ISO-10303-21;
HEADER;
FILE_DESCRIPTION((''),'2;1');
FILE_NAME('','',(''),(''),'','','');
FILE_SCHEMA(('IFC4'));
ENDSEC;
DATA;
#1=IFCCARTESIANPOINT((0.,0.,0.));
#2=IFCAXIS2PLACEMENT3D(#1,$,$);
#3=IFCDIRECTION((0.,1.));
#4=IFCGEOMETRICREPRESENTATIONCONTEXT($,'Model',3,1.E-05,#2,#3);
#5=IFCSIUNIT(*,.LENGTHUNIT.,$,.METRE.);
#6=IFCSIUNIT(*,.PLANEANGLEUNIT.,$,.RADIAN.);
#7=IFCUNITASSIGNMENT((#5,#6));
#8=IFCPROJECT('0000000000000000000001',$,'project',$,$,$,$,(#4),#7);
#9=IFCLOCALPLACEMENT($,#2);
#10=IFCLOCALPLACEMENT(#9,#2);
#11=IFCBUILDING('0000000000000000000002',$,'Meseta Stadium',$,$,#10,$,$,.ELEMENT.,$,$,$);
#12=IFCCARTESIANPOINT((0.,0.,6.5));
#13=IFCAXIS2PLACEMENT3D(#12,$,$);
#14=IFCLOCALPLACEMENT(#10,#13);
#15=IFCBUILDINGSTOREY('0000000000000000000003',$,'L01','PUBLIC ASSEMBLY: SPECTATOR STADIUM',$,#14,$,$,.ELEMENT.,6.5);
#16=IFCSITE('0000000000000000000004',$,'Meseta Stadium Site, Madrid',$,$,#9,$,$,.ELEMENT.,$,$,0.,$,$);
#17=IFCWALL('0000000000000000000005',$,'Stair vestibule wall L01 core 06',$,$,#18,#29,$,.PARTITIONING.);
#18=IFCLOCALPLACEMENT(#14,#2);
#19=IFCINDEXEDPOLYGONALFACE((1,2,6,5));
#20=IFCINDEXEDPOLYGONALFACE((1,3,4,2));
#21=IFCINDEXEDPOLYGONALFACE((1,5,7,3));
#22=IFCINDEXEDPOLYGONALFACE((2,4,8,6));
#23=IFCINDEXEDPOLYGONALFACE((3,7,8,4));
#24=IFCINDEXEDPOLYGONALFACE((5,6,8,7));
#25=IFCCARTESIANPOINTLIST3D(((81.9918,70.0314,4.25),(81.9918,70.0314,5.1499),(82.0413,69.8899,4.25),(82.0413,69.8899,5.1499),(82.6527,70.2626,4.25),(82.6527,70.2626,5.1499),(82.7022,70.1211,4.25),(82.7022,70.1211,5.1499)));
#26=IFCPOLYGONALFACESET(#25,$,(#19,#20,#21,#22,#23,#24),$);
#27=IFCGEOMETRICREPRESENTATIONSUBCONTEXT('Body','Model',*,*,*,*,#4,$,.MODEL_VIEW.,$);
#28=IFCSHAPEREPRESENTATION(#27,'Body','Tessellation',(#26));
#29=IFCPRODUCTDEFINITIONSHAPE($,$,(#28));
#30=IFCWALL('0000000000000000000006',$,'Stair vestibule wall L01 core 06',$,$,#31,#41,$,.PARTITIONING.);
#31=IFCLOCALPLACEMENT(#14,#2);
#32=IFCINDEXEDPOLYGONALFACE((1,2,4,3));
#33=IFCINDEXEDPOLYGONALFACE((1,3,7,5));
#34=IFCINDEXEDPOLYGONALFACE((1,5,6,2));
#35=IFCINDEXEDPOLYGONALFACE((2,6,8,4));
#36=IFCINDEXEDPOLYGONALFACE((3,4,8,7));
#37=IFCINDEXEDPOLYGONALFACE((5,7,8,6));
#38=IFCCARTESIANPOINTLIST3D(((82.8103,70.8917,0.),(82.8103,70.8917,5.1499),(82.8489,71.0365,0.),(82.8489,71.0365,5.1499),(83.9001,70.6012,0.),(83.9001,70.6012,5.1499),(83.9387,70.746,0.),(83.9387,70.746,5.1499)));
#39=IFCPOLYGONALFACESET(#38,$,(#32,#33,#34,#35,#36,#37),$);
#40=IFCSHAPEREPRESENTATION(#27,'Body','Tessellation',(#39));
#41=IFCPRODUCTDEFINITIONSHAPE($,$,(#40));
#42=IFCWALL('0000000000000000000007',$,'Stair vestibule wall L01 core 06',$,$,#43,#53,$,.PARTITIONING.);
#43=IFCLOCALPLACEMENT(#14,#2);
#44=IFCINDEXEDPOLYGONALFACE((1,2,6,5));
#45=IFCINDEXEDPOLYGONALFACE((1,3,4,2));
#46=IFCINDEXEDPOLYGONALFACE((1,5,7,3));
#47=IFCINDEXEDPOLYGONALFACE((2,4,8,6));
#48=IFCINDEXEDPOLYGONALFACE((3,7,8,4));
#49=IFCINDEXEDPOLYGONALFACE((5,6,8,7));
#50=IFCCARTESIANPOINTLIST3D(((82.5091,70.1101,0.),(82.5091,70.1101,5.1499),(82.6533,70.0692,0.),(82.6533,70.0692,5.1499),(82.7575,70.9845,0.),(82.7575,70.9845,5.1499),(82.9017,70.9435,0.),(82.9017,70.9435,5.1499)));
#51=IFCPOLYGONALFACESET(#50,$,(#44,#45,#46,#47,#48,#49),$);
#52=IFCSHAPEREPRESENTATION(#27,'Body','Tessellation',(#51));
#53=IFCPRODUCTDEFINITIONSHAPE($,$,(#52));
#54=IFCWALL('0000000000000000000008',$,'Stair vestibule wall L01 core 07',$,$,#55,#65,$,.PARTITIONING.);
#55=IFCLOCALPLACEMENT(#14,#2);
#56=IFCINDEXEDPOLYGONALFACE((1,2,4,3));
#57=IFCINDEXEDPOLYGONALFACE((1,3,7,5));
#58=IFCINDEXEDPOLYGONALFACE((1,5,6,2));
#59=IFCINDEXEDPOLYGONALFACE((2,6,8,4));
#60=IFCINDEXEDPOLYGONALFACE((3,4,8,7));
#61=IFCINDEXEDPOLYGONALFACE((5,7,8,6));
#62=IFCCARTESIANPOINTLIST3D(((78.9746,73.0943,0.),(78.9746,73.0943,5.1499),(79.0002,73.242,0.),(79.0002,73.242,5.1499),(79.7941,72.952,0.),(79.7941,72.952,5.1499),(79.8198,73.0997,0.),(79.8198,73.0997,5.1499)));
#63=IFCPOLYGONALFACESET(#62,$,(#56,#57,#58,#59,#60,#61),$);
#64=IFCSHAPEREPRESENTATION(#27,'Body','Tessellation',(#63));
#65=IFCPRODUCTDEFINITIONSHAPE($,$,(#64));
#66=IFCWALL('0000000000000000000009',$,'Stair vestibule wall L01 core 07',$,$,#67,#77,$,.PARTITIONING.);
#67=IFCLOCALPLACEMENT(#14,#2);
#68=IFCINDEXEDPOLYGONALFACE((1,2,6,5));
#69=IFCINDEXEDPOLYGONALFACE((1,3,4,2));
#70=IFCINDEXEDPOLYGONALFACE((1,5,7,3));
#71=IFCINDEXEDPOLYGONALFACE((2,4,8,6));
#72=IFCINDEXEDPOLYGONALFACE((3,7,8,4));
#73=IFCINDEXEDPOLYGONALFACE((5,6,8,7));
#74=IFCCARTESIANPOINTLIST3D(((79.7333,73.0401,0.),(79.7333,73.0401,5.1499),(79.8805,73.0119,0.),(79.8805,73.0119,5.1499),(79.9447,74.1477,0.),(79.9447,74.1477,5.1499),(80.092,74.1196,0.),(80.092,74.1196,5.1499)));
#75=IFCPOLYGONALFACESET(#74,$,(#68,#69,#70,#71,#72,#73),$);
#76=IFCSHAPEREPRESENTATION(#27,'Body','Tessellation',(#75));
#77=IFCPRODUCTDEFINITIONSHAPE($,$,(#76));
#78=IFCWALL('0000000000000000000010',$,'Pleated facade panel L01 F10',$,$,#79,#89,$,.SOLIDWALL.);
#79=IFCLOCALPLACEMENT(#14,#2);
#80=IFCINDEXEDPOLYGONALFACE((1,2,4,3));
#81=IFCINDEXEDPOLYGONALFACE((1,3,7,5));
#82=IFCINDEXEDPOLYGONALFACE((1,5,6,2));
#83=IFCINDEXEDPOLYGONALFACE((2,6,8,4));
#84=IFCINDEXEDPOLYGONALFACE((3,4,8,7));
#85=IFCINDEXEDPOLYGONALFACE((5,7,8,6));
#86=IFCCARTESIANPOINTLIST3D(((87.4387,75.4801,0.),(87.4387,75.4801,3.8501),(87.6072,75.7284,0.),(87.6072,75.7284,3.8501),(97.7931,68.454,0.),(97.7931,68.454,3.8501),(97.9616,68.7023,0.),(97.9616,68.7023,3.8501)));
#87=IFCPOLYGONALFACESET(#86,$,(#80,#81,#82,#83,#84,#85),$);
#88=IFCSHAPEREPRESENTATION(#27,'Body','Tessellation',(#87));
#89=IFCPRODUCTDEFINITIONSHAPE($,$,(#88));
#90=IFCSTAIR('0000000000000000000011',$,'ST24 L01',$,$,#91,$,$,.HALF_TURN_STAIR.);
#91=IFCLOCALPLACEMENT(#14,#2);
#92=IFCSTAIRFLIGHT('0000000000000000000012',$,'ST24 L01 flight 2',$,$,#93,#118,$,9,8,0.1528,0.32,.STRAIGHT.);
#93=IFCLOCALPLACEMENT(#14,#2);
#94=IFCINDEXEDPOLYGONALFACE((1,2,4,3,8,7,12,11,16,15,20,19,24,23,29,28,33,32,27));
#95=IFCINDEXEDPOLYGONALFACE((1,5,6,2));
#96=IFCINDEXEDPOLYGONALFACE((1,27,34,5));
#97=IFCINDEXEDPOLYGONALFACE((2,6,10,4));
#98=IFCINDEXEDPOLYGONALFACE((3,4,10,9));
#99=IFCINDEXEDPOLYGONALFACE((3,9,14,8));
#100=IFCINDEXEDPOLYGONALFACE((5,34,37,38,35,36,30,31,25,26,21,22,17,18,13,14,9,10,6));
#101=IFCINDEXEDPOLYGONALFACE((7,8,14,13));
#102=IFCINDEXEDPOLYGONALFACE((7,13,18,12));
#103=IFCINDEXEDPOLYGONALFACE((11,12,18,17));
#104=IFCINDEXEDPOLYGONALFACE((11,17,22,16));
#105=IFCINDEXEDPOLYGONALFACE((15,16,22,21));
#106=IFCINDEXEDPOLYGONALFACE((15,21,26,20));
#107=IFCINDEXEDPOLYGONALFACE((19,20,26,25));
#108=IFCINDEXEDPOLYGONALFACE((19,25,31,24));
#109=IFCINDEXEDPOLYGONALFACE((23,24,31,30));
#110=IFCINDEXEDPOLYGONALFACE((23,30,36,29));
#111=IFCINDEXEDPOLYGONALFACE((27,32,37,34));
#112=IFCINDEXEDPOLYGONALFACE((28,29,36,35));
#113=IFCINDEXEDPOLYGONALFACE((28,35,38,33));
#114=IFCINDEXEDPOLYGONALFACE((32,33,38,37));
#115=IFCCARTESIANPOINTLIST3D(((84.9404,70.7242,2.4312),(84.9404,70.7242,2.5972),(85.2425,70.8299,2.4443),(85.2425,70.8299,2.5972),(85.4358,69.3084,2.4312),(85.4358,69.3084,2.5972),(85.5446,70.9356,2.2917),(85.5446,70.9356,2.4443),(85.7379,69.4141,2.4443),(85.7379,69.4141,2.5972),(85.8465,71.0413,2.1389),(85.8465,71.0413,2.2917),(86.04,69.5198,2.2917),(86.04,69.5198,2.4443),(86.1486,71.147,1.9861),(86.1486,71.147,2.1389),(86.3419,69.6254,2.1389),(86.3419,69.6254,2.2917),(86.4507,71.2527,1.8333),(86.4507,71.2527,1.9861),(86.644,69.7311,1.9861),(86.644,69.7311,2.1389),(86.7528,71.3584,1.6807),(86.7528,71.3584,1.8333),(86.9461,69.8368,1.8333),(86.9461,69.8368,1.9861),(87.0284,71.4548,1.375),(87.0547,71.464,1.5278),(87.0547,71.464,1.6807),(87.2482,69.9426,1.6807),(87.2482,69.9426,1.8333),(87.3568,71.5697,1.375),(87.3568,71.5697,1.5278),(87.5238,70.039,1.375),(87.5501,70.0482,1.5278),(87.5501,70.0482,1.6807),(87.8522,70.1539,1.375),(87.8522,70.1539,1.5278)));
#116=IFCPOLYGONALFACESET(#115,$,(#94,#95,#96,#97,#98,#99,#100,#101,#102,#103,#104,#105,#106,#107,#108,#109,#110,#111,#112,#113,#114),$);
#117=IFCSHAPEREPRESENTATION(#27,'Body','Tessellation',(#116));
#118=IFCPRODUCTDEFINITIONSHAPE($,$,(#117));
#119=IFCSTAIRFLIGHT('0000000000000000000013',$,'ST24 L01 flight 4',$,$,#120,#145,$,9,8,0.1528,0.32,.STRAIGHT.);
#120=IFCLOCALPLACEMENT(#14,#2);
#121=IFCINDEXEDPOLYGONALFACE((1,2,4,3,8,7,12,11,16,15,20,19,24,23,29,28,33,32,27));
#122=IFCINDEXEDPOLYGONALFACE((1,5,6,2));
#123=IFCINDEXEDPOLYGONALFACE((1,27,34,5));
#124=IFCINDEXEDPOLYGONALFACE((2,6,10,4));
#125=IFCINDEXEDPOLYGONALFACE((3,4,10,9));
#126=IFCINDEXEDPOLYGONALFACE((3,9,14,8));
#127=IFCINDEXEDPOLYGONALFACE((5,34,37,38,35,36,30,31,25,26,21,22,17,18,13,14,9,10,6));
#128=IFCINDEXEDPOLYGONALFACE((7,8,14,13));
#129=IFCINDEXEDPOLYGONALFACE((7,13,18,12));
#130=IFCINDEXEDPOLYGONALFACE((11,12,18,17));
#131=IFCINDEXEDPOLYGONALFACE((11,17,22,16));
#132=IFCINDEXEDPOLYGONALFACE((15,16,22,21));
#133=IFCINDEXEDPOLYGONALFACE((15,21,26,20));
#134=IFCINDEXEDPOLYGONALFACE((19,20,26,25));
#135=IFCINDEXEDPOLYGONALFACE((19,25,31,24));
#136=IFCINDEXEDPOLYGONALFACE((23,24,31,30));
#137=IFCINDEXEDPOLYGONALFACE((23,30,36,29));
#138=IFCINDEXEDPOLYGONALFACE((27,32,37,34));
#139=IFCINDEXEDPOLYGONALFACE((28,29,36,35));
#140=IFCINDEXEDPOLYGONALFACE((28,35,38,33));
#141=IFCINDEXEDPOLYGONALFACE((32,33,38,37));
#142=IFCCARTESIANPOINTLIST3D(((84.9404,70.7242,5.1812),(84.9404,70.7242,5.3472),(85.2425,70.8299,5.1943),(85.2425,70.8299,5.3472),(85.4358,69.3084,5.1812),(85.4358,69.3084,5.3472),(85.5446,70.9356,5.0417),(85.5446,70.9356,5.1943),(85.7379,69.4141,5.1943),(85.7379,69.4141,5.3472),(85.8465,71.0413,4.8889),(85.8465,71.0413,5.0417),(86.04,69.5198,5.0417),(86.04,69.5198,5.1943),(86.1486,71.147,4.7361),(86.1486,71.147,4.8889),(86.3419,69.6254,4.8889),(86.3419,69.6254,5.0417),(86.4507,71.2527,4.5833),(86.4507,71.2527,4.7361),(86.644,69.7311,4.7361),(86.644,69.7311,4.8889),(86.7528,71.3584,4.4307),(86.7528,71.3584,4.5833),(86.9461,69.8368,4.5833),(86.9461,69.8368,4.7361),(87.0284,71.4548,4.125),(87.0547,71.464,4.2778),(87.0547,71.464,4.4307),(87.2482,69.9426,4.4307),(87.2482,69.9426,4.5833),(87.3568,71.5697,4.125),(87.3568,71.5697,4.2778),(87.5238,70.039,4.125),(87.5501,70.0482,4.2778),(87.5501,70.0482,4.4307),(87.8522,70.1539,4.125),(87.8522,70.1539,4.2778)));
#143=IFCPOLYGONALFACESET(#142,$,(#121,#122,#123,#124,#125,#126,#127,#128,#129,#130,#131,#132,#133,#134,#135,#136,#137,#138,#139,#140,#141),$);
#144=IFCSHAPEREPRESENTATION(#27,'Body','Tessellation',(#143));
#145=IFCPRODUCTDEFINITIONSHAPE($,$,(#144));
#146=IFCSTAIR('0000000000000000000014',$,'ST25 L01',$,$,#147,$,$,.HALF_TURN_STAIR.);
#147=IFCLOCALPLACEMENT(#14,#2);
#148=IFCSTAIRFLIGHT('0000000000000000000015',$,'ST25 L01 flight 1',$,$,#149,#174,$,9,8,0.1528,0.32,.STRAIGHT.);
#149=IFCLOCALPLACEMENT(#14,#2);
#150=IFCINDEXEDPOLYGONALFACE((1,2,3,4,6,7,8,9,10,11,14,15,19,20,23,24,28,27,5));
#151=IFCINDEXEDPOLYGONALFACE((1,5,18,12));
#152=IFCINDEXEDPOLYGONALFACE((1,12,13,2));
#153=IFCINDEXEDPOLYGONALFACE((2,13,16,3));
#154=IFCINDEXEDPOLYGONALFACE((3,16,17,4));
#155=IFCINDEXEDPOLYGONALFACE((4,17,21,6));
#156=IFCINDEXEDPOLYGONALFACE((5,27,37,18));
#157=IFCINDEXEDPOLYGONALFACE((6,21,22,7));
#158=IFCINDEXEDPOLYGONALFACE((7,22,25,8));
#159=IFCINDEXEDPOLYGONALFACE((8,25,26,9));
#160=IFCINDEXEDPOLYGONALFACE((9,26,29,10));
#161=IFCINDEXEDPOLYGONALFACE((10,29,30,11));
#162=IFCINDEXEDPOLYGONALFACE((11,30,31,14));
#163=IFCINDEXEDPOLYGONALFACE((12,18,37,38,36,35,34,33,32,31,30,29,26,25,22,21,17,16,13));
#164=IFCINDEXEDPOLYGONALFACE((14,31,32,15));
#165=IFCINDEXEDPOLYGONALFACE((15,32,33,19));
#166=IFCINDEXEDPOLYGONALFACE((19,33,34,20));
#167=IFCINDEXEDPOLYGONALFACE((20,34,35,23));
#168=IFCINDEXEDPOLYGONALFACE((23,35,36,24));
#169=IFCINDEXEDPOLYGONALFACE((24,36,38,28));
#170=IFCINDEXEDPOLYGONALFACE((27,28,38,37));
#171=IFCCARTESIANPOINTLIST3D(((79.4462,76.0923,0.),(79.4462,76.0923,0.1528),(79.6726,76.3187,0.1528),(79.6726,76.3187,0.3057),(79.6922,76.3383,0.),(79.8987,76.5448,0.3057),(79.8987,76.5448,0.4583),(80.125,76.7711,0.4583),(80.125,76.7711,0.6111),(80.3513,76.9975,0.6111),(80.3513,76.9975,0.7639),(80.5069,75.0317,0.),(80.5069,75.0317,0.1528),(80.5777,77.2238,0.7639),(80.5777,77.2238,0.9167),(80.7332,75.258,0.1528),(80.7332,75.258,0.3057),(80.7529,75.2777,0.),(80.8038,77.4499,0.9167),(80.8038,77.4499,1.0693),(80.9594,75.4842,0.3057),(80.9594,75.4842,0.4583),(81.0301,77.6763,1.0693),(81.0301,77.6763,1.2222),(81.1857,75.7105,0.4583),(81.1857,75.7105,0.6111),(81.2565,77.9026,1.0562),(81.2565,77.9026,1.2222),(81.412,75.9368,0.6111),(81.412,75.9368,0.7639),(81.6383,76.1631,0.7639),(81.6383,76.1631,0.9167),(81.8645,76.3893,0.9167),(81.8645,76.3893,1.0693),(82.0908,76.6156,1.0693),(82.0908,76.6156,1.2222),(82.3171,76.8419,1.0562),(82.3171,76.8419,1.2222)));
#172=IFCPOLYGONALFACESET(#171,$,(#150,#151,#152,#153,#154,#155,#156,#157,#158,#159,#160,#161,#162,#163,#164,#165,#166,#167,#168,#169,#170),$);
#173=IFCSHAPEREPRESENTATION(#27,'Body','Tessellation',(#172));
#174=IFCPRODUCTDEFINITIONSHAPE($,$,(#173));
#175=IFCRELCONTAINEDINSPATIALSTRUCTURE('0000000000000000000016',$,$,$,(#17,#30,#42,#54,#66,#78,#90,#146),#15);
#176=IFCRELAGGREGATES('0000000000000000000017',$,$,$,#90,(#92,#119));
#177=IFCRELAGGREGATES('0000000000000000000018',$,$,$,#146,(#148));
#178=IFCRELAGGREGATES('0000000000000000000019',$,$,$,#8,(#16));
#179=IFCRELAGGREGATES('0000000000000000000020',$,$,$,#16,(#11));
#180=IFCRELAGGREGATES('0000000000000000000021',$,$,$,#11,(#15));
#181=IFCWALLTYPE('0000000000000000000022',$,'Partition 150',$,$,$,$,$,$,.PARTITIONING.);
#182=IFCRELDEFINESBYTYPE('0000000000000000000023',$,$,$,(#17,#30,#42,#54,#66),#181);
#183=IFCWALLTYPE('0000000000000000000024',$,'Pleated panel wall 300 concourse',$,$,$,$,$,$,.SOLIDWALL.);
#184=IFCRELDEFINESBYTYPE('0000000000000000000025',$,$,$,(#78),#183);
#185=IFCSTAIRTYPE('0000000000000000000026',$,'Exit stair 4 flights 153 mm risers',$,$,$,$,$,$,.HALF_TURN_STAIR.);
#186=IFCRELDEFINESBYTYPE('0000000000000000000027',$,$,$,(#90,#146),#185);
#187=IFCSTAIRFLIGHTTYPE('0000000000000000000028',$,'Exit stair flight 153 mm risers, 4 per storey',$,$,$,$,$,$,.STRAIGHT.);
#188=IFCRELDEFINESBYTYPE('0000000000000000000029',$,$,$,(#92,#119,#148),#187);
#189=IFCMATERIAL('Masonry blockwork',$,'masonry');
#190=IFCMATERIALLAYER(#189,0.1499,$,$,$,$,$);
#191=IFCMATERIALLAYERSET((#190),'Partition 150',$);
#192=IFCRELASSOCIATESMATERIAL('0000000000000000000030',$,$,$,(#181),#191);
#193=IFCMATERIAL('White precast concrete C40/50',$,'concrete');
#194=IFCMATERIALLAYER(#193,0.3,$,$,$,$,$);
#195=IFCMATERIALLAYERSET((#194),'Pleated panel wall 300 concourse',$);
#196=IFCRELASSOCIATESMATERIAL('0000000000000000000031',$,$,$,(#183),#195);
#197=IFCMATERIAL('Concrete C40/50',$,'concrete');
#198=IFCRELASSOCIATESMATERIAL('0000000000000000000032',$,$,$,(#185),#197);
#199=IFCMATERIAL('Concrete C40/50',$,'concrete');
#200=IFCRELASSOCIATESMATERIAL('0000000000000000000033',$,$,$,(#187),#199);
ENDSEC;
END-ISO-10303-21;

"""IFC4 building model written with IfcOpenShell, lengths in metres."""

from ifc_helpers import new_model, si_unit, direction, frame, frame_2d, origin, place, context, subcontext, project, spatial, polyline, rectangle, outline, extrude, material, layer, layer_set, type_object, element, aggregate, save


model = new_model("IFC4")

# Units and contexts
model_context = context("Model", 3, precision=1e-05, world=origin(), true_north=direction((0.0, 1.0)))
body_context = subcontext(model_context, "Body", "Model", "MODEL_VIEW")
ifc_project = project(units=[si_unit("LENGTHUNIT", "METRE"), si_unit("PLANEANGLEUNIT", "RADIAN")], contexts=[model_context])

# Site, building, storey
site_placement = place(None, origin())
site = spatial("IfcSite", under=ifc_project, at=site_placement, Name="Meseta Stadium Site, Madrid", CompositionType="ELEMENT", RefElevation=0.0)
building_placement = place(site_placement, origin())
building = spatial("IfcBuilding", under=site, at=building_placement, Name="Meseta Stadium", CompositionType="ELEMENT")
storey_placement = place(building_placement, frame((0.0, 0.0, 6.5)))
storey = spatial("IfcBuildingStorey", under=building, at=storey_placement, Name="L01", Description="PUBLIC ASSEMBLY: SPECTATOR STADIUM", CompositionType="ELEMENT", Elevation=6.5)

# Shared definitions
ifc_material_1 = material(Name="Masonry blockwork", Category="masonry")
ifc_layer_1 = layer(ifc_material_1, 0.1499)
ifc_layer_set_1 = layer_set([ifc_layer_1], Name="Partition 150")
wall_type_1 = type_object("IfcWallType", Name="Partition 150", PredefinedType="PARTITIONING", material=ifc_layer_set_1)

# Walls
wall_1_placement = place(storey_placement, frame((82.6775, 70.1919, 4.25), z_axis=(0.0, 0.0, 1.0), x_axis=(-0.943907, -0.330211, 0.0)))
element("IfcWall", 1, at=wall_1_placement, inside=storey, type_object=wall_type_1, Name="Stair vestibule wall L01 core 06", PredefinedType="PARTITIONING", context=body_context, shape_type="SweptSolid", body=[
    extrude(rectangle(XDim=0.7002, YDim=0.1499, at=frame_2d((0.3501, 0.0))), origin(), (0.0, 0.0, 1.0), 0.8999),
])
wall_2_placement = place(storey_placement, frame((83.9194, 70.6736, 0.0), z_axis=(0.0, 0.0, 1.0), x_axis=(-0.966256, 0.257582, 0.0)))
element("IfcWall", 2, at=wall_2_placement, inside=storey, type_object=wall_type_1, Name="Stair vestibule wall L01 core 06", PredefinedType="PARTITIONING", context=body_context, shape_type="SweptSolid", body=[
    extrude(rectangle(XDim=1.1279, YDim=0.1499, at=frame_2d((0.564, 0.0))), origin(), (0.0, 0.0, 1.0), 5.1499),
])
wall_3_placement = place(storey_placement, frame((82.8296, 70.9641, 0.0), z_axis=(0.0, 0.0, 1.0), x_axis=(-0.273195, -0.961959, 0.0)))
element("IfcWall", 3, at=wall_3_placement, inside=storey, type_object=wall_type_1, Name="Stair vestibule wall L01 core 06", PredefinedType="PARTITIONING", context=body_context, shape_type="SweptSolid", body=[
    extrude(rectangle(XDim=0.9089, YDim=0.1499, at=frame_2d((0.4546, 0.0))), origin(), (0.0, 0.0, 1.0), 5.1499),
])
wall_4_placement = place(storey_placement, frame((78.9873, 73.1682, 0.0), z_axis=(0.0, 0.0, 1.0), x_axis=(0.985253, -0.171106, 0.0)))
element("IfcWall", 4, at=wall_4_placement, inside=storey, type_object=wall_type_1, Name="Stair vestibule wall L01 core 07", PredefinedType="PARTITIONING", context=body_context, shape_type="SweptSolid", body=[
    extrude(rectangle(XDim=0.8318, YDim=0.1499, at=frame_2d((0.416, 0.0))), origin(), (0.0, 0.0, 1.0), 5.1499),
])
wall_5_placement = place(storey_placement, frame((79.8069, 73.0259, 0.0), z_axis=(0.0, 0.0, 1.0), x_axis=(0.18749, 0.982266, 0.0)))
element("IfcWall", 5, at=wall_5_placement, inside=storey, type_object=wall_type_1, Name="Stair vestibule wall L01 core 07", PredefinedType="PARTITIONING", context=body_context, shape_type="SweptSolid", body=[
    extrude(rectangle(XDim=1.1277, YDim=0.1499, at=frame_2d((0.564, 0.0))), origin(), (0.0, 0.0, 1.0), 5.1499),
])
ifc_material_2 = material(Name="White precast concrete C40/50", Category="concrete")
ifc_layer_2 = layer(ifc_material_2, 0.3)
ifc_layer_set_2 = layer_set([ifc_layer_2], Name="Pleated panel wall 300 concourse")
wall_type_2 = type_object("IfcWallType", Name="Pleated panel wall 300 concourse", PredefinedType="SOLIDWALL", material=ifc_layer_set_2)
wall_6_placement = place(storey_placement, frame((87.5229, 75.6042, 0.0), z_axis=(0.0, 0.0, 1.0), x_axis=(0.827481, -0.561494, 0.0)))
element("IfcWall", 6, at=wall_6_placement, inside=storey, type_object=wall_type_2, Name="Pleated facade panel L01 F10", PredefinedType="SOLIDWALL", context=body_context, shape_type="SweptSolid", body=[
    extrude(rectangle(XDim=12.5132, YDim=0.3, at=frame_2d((6.2566, 0.0))), origin(), (0.0, 0.0, 1.0), 3.8501),
])

# Stairs, stair flights
ifc_material_3 = material(Name="Concrete C40/50", Category="concrete")
stair_type = type_object("IfcStairType", Name="Exit stair 4 flights 153 mm risers", PredefinedType="HALF_TURN_STAIR", material=ifc_material_3)
stair_1_placement = place(storey_placement, origin())
stair_1 = element("IfcStair", 7, at=stair_1_placement, inside=storey, type_object=stair_type, Name="ST24 L01", PredefinedType="HALF_TURN_STAIR")
ifc_material_4 = material(Name="Concrete C40/50", Category="concrete")
stair_flight_type = type_object("IfcStairFlightType", Name="Exit stair flight 153 mm risers, 4 per storey", PredefinedType="STRAIGHT", material=ifc_material_4)
stair_flight_1_placement = place(storey_placement, frame((87.6045, 70.8618, 1.375), z_axis=(0.0, 0.0, 1.0), x_axis=(-0.943883, -0.330279, 0.0)))
stair_flight_1 = element("IfcStairFlight", 8, at=stair_flight_1_placement, type_object=stair_flight_type, Name="ST24 L01 flight 2", NumberOfRisers=9, NumberOfTreads=8, PredefinedType="STRAIGHT", RiserHeight=0.1528, TreadLength=0.32, context=body_context, shape_type="SweptSolid", body=[
    extrude(outline(polyline([(0.0, 0.0), (0.0, 0.1528), (0.3201, 0.1528), (0.3201, 0.3057), (0.6399, 0.3057), (0.6399, 0.4583), (0.96, 0.4583), (0.96, 0.6111), (1.28, 0.6111), (1.28, 0.7639), (1.6001, 0.7639), (1.6001, 0.9167), (1.9199, 0.9167), (1.9199, 1.0693), (2.24, 1.0693), (2.24, 1.2222), (2.5601, 1.2222), (2.5601, 1.0562), (0.3479, 0.0), (0.0, 0.0)])), frame((0.0, 0.75, 0.0), z_axis=(0.0, -1.0, 0.0), x_axis=(1.0, 0.0, 0.0)), (0.0, 0.0, 1.0), 1.5),
])
stair_flight_2_placement = place(storey_placement, frame((87.6045, 70.8618, 4.125), z_axis=(0.0, 0.0, 1.0), x_axis=(-0.943883, -0.330279, 0.0)))
stair_flight_2 = element("IfcStairFlight", 9, at=stair_flight_2_placement, type_object=stair_flight_type, Name="ST24 L01 flight 4", NumberOfRisers=9, NumberOfTreads=8, PredefinedType="STRAIGHT", RiserHeight=0.1528, TreadLength=0.32, context=body_context, shape_type="SweptSolid", body=[
    extrude(outline(polyline([(0.0, 0.0), (0.0, 0.1528), (0.3201, 0.1528), (0.3201, 0.3057), (0.6399, 0.3057), (0.6399, 0.4583), (0.96, 0.4583), (0.96, 0.6111), (1.28, 0.6111), (1.28, 0.7639), (1.6001, 0.7639), (1.6001, 0.9167), (1.9199, 0.9167), (1.9199, 1.0693), (2.24, 1.0693), (2.24, 1.2222), (2.5601, 1.2222), (2.5601, 1.0562), (0.3479, 0.0), (0.0, 0.0)])), frame((0.0, 0.75, 0.0), z_axis=(0.0, -1.0, 0.0), x_axis=(1.0, 0.0, 0.0)), (0.0, 0.0, 1.0), 1.5),
])
aggregate(stair_1, [stair_flight_1, stair_flight_2])
stair_2_placement = place(storey_placement, origin())
stair_2 = element("IfcStair", 10, at=stair_2_placement, inside=storey, type_object=stair_type, Name="ST25 L01", PredefinedType="HALF_TURN_STAIR")
stair_flight_3_placement = place(storey_placement, frame((79.9766, 75.562, 0.0), z_axis=(0.0, 0.0, 1.0), x_axis=(0.707107, 0.707107, 0.0)))
stair_flight_3 = element("IfcStairFlight", 11, at=stair_flight_3_placement, type_object=stair_flight_type, Name="ST25 L01 flight 1", NumberOfRisers=9, NumberOfTreads=8, PredefinedType="STRAIGHT", RiserHeight=0.1528, TreadLength=0.32, context=body_context, shape_type="SweptSolid", body=[
    extrude(outline(polyline([(0.0, 0.0), (0.0, 0.1528), (0.3201, 0.1528), (0.3201, 0.3057), (0.6399, 0.3057), (0.6399, 0.4583), (0.96, 0.4583), (0.96, 0.6111), (1.28, 0.6111), (1.28, 0.7639), (1.6001, 0.7639), (1.6001, 0.9167), (1.9199, 0.9167), (1.9199, 1.0693), (2.24, 1.0693), (2.24, 1.2222), (2.5601, 1.2222), (2.5601, 1.0562), (0.3479, 0.0), (0.0, 0.0)])), frame((0.0, 0.75, 0.0), z_axis=(0.0, -1.0, 0.0), x_axis=(1.0, 0.0, 0.0)), (0.0, 0.0, 1.0), 1.5),
])
aggregate(stair_2, [stair_flight_3])

save(model, "model.ifc")
